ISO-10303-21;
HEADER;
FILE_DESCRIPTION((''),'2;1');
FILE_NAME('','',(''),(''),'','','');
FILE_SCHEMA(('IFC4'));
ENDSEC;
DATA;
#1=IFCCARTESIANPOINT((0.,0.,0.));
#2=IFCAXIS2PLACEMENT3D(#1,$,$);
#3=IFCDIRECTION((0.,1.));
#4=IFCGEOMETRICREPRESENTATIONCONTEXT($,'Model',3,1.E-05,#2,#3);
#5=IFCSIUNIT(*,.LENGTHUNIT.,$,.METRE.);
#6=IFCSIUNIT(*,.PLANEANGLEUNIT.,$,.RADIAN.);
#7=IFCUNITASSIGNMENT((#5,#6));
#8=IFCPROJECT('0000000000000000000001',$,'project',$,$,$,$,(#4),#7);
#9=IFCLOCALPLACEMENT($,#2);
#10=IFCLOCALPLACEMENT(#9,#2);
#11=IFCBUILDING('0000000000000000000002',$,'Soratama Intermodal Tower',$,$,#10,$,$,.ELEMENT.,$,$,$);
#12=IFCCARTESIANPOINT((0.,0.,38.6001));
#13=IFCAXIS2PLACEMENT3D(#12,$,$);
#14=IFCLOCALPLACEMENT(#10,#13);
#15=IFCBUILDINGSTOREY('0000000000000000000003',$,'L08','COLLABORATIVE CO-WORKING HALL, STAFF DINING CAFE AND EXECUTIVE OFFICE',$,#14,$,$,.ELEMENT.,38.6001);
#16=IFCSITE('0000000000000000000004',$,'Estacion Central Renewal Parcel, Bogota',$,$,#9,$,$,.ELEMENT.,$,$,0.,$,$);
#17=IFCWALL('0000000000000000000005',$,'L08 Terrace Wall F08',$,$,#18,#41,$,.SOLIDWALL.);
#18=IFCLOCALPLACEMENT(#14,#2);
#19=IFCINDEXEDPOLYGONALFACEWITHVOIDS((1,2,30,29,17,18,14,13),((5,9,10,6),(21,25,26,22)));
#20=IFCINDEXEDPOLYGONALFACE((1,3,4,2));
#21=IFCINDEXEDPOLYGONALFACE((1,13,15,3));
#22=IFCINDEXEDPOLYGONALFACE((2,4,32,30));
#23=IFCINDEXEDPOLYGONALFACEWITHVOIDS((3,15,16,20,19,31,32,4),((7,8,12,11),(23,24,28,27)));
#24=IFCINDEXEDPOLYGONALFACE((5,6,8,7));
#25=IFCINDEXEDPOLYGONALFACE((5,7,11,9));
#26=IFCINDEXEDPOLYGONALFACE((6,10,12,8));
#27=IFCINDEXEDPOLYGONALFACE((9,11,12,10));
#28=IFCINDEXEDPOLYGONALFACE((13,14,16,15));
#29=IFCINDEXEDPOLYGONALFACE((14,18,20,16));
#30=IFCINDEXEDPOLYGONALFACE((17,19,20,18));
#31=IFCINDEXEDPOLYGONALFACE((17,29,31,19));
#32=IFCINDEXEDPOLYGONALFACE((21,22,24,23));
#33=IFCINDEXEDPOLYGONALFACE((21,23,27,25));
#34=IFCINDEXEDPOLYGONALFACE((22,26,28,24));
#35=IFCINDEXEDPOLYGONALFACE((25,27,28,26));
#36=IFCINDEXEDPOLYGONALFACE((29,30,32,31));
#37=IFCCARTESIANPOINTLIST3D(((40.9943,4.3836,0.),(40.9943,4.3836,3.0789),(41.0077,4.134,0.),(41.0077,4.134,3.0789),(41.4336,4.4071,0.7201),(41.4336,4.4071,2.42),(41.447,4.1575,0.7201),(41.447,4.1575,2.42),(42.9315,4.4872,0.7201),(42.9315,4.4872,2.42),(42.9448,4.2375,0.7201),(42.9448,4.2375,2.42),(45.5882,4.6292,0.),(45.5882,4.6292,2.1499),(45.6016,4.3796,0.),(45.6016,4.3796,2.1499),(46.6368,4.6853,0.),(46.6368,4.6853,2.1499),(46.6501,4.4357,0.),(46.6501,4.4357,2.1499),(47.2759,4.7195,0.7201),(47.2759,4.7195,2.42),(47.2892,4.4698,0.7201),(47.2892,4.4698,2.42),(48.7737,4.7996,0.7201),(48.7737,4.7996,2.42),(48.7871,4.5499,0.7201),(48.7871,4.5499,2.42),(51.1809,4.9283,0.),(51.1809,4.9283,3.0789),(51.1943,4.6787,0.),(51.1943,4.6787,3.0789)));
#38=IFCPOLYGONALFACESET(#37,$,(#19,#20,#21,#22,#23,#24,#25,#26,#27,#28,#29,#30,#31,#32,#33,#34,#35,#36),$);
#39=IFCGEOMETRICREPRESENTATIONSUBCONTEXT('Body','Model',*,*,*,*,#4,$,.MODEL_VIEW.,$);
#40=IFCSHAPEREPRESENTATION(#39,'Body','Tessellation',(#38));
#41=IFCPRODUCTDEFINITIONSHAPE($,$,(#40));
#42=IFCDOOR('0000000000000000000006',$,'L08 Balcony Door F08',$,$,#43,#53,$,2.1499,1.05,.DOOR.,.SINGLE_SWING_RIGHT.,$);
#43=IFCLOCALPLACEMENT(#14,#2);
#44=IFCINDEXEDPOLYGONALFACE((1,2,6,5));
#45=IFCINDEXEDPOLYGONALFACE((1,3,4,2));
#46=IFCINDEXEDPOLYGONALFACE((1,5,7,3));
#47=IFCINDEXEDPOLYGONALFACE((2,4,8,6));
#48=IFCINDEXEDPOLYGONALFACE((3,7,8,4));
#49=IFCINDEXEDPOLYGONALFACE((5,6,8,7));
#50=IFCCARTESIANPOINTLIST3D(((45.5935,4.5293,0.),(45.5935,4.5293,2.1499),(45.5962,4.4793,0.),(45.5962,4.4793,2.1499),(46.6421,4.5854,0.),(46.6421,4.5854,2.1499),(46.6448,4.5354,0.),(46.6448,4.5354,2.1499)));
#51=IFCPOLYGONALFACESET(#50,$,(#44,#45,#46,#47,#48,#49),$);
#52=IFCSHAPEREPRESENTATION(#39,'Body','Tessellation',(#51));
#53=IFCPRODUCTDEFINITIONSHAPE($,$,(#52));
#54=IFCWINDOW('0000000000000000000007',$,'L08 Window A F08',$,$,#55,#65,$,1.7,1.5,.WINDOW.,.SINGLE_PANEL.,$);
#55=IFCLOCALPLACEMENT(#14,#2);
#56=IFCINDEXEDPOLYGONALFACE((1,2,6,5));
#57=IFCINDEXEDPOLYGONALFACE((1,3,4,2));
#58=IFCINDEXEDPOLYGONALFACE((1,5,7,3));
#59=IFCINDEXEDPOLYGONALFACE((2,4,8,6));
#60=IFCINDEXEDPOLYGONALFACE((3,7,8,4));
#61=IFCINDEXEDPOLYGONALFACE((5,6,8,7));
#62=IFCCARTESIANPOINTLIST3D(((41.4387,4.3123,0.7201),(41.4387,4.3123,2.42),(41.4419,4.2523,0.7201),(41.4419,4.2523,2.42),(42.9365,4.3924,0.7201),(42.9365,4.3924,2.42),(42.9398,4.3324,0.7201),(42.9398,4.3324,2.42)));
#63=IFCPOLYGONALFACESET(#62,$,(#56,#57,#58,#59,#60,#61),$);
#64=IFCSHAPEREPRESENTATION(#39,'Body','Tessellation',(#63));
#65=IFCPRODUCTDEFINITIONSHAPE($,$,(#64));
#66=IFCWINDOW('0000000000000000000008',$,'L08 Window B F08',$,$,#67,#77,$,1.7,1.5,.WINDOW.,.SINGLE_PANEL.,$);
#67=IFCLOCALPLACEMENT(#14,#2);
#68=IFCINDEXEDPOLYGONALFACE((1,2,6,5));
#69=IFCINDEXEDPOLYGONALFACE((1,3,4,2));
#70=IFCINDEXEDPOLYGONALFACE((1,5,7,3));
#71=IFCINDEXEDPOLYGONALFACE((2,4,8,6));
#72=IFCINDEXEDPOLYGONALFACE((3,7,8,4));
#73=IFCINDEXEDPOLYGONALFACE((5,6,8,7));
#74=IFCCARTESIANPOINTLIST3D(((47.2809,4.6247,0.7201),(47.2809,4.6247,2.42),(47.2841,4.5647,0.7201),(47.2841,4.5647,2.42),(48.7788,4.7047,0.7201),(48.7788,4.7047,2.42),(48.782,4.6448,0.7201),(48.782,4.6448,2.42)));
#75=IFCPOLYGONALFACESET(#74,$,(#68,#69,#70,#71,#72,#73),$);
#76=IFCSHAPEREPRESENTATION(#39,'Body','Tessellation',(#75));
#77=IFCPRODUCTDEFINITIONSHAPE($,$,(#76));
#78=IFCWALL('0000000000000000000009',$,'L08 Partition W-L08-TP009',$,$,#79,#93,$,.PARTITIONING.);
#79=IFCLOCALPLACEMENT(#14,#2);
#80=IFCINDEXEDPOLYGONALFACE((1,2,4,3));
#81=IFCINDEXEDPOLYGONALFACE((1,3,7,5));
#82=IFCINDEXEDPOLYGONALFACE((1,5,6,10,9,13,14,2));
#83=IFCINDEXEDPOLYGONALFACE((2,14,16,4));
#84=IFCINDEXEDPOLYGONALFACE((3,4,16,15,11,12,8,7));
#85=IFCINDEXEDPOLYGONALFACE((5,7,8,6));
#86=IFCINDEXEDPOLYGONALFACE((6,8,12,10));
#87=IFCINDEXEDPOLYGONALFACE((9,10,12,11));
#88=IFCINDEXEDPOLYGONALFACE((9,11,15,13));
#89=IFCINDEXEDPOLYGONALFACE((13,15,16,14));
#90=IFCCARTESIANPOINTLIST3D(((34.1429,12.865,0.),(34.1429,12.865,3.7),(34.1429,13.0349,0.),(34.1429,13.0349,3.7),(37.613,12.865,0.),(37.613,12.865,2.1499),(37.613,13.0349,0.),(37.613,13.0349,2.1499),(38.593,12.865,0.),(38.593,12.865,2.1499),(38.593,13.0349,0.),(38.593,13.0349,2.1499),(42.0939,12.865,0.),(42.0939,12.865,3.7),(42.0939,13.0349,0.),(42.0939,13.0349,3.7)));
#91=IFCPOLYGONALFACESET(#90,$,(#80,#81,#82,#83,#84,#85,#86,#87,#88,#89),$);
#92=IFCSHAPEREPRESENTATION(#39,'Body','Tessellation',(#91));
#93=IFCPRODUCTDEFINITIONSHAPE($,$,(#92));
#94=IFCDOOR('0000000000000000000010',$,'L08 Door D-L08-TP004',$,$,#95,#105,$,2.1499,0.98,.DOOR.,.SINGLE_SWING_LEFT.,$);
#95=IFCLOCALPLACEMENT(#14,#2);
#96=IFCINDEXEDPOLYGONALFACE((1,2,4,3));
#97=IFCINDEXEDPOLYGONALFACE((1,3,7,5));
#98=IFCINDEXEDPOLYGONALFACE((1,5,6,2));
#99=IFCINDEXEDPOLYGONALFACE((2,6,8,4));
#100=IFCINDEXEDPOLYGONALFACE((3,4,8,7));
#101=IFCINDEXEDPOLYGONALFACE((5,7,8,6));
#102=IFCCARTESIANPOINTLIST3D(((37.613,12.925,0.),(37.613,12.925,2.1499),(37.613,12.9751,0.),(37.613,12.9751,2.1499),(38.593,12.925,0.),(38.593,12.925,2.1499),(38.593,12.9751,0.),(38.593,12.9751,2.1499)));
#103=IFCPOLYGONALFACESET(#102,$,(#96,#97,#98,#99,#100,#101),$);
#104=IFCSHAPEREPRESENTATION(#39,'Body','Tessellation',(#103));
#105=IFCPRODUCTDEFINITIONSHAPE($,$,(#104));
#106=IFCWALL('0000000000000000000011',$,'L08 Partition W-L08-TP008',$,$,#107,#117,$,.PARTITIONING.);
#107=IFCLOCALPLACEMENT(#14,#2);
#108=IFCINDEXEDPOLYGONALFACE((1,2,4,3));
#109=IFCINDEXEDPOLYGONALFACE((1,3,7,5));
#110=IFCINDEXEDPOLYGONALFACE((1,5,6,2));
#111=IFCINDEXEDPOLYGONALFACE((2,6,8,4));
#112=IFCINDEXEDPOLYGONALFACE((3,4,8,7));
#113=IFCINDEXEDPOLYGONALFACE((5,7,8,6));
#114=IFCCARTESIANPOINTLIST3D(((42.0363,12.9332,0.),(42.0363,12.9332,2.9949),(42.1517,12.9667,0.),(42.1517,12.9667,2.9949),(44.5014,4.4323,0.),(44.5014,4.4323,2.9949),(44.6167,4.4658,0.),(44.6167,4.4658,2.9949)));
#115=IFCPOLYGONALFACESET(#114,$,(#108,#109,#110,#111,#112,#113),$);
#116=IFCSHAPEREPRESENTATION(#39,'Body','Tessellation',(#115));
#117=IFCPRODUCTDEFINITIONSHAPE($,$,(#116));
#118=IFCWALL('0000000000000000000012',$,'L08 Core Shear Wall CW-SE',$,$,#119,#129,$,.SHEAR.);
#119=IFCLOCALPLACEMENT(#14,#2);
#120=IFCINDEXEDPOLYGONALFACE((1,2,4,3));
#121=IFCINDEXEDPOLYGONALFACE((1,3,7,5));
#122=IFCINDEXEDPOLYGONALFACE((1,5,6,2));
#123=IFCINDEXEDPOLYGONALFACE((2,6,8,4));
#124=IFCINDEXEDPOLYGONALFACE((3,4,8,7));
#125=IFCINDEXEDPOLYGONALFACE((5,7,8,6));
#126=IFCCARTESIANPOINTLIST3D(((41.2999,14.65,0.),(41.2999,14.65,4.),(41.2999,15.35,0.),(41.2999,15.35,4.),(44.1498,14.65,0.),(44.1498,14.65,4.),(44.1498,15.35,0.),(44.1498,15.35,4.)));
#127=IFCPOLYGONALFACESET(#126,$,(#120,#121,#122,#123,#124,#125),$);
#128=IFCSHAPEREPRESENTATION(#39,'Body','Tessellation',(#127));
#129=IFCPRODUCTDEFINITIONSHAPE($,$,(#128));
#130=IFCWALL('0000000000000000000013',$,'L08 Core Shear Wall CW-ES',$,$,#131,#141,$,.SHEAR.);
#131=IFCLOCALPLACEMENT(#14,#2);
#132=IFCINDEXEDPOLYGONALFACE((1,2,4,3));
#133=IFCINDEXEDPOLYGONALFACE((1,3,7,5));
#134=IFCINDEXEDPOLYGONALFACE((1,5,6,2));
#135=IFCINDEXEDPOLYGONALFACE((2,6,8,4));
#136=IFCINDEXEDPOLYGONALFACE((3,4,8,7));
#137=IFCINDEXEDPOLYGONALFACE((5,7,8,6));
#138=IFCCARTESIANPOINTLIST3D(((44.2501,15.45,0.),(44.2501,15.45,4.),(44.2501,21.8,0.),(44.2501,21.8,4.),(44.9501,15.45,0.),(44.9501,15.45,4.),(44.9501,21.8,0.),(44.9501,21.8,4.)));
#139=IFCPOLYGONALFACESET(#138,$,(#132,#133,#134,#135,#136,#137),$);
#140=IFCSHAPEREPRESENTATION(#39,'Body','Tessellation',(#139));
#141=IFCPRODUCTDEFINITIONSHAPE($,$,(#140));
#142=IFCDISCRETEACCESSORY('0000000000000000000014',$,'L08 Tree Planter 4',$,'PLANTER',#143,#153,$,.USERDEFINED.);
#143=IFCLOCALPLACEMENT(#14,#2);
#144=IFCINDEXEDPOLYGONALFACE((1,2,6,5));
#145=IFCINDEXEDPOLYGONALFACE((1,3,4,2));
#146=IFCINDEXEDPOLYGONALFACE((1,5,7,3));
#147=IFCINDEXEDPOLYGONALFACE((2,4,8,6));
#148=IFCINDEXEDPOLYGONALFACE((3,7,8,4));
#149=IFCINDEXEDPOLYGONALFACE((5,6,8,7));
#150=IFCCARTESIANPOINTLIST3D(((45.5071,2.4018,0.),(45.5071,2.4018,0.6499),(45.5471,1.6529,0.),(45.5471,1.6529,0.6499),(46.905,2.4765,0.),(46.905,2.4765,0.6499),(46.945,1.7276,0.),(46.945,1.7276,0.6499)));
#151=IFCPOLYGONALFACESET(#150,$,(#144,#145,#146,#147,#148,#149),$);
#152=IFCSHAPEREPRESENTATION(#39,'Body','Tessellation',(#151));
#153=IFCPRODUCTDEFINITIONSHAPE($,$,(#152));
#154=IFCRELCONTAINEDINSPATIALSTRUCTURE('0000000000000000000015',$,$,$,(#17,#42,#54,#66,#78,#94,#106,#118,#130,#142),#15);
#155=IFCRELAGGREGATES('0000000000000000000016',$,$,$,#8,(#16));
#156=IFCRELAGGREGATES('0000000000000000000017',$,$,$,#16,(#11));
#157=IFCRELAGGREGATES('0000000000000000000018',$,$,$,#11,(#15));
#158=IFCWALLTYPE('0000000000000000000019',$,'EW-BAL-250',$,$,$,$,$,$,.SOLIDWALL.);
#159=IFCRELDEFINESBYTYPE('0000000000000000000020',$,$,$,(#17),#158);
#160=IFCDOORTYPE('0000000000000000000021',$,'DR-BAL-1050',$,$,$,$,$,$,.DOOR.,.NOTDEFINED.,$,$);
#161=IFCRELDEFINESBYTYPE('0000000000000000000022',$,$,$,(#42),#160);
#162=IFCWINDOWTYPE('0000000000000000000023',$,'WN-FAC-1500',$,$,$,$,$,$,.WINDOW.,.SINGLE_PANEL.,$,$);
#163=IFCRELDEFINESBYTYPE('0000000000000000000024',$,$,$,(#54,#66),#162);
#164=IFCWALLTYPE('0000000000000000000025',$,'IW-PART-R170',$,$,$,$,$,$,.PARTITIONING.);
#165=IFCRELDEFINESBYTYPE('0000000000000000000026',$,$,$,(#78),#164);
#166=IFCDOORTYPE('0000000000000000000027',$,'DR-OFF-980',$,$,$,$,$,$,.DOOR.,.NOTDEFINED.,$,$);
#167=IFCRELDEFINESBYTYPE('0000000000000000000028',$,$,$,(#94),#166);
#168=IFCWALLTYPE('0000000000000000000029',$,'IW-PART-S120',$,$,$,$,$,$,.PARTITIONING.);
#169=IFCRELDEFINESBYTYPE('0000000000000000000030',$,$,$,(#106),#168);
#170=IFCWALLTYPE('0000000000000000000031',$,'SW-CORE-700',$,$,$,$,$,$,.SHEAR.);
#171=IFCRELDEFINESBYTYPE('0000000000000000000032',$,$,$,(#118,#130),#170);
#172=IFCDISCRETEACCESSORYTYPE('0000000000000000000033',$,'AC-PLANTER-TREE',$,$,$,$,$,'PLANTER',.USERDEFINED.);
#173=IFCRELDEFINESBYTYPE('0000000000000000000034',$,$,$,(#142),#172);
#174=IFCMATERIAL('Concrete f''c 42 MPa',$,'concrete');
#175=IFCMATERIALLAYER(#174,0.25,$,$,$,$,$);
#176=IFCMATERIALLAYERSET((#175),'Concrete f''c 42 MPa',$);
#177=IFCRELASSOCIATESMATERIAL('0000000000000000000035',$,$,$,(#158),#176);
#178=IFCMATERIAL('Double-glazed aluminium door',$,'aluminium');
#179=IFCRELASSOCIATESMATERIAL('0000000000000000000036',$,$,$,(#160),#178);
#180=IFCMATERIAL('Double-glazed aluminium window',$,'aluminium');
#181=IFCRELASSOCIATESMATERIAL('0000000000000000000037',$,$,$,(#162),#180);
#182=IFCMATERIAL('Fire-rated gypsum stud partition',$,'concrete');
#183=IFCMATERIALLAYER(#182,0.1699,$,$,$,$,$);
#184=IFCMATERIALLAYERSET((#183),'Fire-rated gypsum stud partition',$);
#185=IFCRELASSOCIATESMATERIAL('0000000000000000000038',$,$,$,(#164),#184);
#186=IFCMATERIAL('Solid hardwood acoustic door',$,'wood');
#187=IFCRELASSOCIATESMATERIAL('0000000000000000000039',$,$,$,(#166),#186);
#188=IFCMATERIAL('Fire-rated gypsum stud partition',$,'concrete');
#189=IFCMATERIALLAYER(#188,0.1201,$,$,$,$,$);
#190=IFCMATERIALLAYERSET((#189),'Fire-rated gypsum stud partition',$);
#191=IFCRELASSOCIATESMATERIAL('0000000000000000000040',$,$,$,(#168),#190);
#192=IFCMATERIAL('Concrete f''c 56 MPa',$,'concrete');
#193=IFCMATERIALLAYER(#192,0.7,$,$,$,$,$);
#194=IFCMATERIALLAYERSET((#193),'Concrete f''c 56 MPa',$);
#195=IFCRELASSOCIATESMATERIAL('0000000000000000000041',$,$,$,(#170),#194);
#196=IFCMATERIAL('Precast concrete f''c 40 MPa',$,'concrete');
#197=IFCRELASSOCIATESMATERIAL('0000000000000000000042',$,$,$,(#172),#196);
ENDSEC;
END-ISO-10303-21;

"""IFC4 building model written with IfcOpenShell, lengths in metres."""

from ifc_helpers import new_model, si_unit, direction, frame, frame_2d, origin, origin_2d, place, context, subcontext, project, spatial, rectangle, extrude, material, layer, layer_set, type_object, element, fill, save


model = new_model("IFC4")

# Units and contexts
model_context = context("Model", 3, precision=1e-05, world=origin(), true_north=direction((0.0, 1.0)))
body_context = subcontext(model_context, "Body", "Model", "MODEL_VIEW")
ifc_project = project(units=[si_unit("LENGTHUNIT", "METRE"), si_unit("PLANEANGLEUNIT", "RADIAN")], contexts=[model_context])

# Site, building, storey
site_placement = place(None, origin())
site = spatial("IfcSite", under=ifc_project, at=site_placement, Name="Estacion Central Renewal Parcel, Bogota", CompositionType="ELEMENT", RefElevation=0.0)
building_placement = place(site_placement, origin())
building = spatial("IfcBuilding", under=site, at=building_placement, Name="Soratama Intermodal Tower", CompositionType="ELEMENT")
storey_placement = place(building_placement, frame((0.0, 0.0, 38.6001)))
storey = spatial("IfcBuildingStorey", under=building, at=storey_placement, Name="L08", Description="COLLABORATIVE CO-WORKING HALL, STAFF DINING CAFE AND EXECUTIVE OFFICE", CompositionType="ELEMENT", Elevation=38.6001)

# Wall, openings, door, windows
ifc_material_1 = material(Name="Concrete f'c 42 MPa", Category="concrete")
ifc_layer_1 = layer(ifc_material_1, 0.25)
ifc_layer_set_1 = layer_set([ifc_layer_1], Name="Concrete f'c 42 MPa")
wall_type_1 = type_object("IfcWallType", Name="EW-BAL-250", PredefinedType="SOLIDWALL", material=ifc_layer_set_1)
wall_1_placement = place(storey_placement, frame((41.001, 4.2588, 0.0), z_axis=(0.0, 0.0, 1.0), x_axis=(0.998574, 0.053394, 0.0)))
wall_1 = element("IfcWall", 1, at=wall_1_placement, inside=storey, type_object=wall_type_1, Name="L08 Terrace Wall F08", PredefinedType="SOLIDWALL", context=body_context, shape_type="SweptSolid", body=[
    extrude(rectangle(XDim=10.2012, YDim=0.25, at=frame_2d((5.1006, 0.0))), origin(), (0.0, 0.0, 1.0), 3.0789),
])
opening_1_placement = place(wall_1_placement, frame((4.6006, 0.0, 0.0)))
opening_1 = element("IfcOpeningElement", 2, at=opening_1_placement, cuts=wall_1, PredefinedType="OPENING", context=body_context, shape_type="SweptSolid", body=[
    extrude(rectangle(XDim=1.05, YDim=2.1499, at=frame_2d((0.5249, 1.075))), frame((0.0, 0.135, 0.0), z_axis=(0.0, -1.0, 0.0), x_axis=(1.0, 0.0, 0.0)), (0.0, 0.0, 1.0), 0.27),
])
opening_2_placement = place(wall_1_placement, frame((0.4399, 0.0, 0.72)))
opening_2 = element("IfcOpeningElement", 3, at=opening_2_placement, cuts=wall_1, PredefinedType="OPENING", context=body_context, shape_type="SweptSolid", body=[
    extrude(rectangle(XDim=1.5, YDim=1.7, at=frame_2d((0.75, 0.8501))), frame((0.0, 0.135, 0.0), z_axis=(0.0, -1.0, 0.0), x_axis=(1.0, 0.0, 0.0)), (0.0, 0.0, 1.0), 0.27),
])
opening_3_placement = place(wall_1_placement, frame((6.2905, 0.0, 0.72)))
opening_3 = element("IfcOpeningElement", 4, at=opening_3_placement, cuts=wall_1, PredefinedType="OPENING", context=body_context, shape_type="SweptSolid", body=[
    extrude(rectangle(XDim=1.5, YDim=1.7, at=frame_2d((0.75, 0.8501))), frame((0.0, 0.135, 0.0), z_axis=(0.0, -1.0, 0.0), x_axis=(1.0, 0.0, 0.0)), (0.0, 0.0, 1.0), 0.27),
])
ifc_material_2 = material(Name="Double-glazed aluminium door", Category="aluminium")
door_type_1 = type_object("IfcDoorType", Name="DR-BAL-1050", OperationType="NOTDEFINED", PredefinedType="DOOR", material=ifc_material_2)
door_1_placement = place(opening_1_placement, origin())
door_1 = element("IfcDoor", 5, at=door_1_placement, inside=storey, type_object=door_type_1, Name="L08 Balcony Door F08", OperationType="SINGLE_SWING_RIGHT", OverallHeight=2.1499, OverallWidth=1.05, PredefinedType="DOOR", context=body_context, shape_type="SweptSolid", body=[
    extrude(rectangle(XDim=1.05, YDim=2.1499, at=frame_2d((0.5249, 1.075))), frame((0.0, 0.0249, 0.0), z_axis=(0.0, -1.0, 0.0), x_axis=(1.0, 0.0, 0.0)), (0.0, 0.0, 1.0), 0.05),
])
fill(opening_1, door_1)
ifc_material_3 = material(Name="Double-glazed aluminium window", Category="aluminium")
window_type = type_object("IfcWindowType", Name="WN-FAC-1500", PartitioningType="SINGLE_PANEL", PredefinedType="WINDOW", material=ifc_material_3)
window_1_placement = place(opening_2_placement, origin())
window_1 = element("IfcWindow", 6, at=window_1_placement, inside=storey, type_object=window_type, Name="L08 Window A F08", OverallHeight=1.7, OverallWidth=1.5, PartitioningType="SINGLE_PANEL", PredefinedType="WINDOW", context=body_context, shape_type="SweptSolid", body=[
    extrude(rectangle(XDim=1.5, YDim=1.7, at=frame_2d((0.75, 0.8501))), frame((0.0, 0.03, 0.0), z_axis=(0.0, -1.0, 0.0), x_axis=(1.0, 0.0, 0.0)), (0.0, 0.0, 1.0), 0.0601),
])
fill(opening_2, window_1)
window_2_placement = place(opening_3_placement, origin())
window_2 = element("IfcWindow", 7, at=window_2_placement, inside=storey, type_object=window_type, Name="L08 Window B F08", OverallHeight=1.7, OverallWidth=1.5, PartitioningType="SINGLE_PANEL", PredefinedType="WINDOW", context=body_context, shape_type="SweptSolid", body=[
    extrude(rectangle(XDim=1.5, YDim=1.7, at=frame_2d((0.75, 0.8501))), frame((0.0, 0.03, 0.0), z_axis=(0.0, -1.0, 0.0), x_axis=(1.0, 0.0, 0.0)), (0.0, 0.0, 1.0), 0.0601),
])
fill(opening_3, window_2)

# Wall, opening, door
ifc_material_4 = material(Name="Fire-rated gypsum stud partition", Category="concrete")
ifc_layer_2 = layer(ifc_material_4, 0.1699)
ifc_layer_set_2 = layer_set([ifc_layer_2], Name="Fire-rated gypsum stud partition")
wall_type_2 = type_object("IfcWallType", Name="IW-PART-R170", PredefinedType="PARTITIONING", material=ifc_layer_set_2)
wall_2_placement = place(storey_placement, frame((42.094, 12.95, 0.0), z_axis=(0.0, 0.0, 1.0), x_axis=(-1.0, 0.0, 0.0)))
wall_2 = element("IfcWall", 8, at=wall_2_placement, inside=storey, type_object=wall_type_2, Name="L08 Partition W-L08-TP009", PredefinedType="PARTITIONING", context=body_context, shape_type="SweptSolid", body=[
    extrude(rectangle(XDim=7.9509, YDim=0.1699, at=frame_2d((3.9756, 0.0))), origin(), (0.0, 0.0, 1.0), 3.7),
])
opening_4_placement = place(wall_2_placement, frame((3.501, 0.0, 0.0)))
opening_4 = element("IfcOpeningElement", 9, at=opening_4_placement, cuts=wall_2, PredefinedType="OPENING", context=body_context, shape_type="SweptSolid", body=[
    extrude(rectangle(XDim=0.98, YDim=2.1499, at=frame_2d((0.49, 1.075))), frame((0.0, 0.095, 0.0), z_axis=(0.0, -1.0, 0.0), x_axis=(1.0, 0.0, 0.0)), (0.0, 0.0, 1.0), 0.1899),
])
ifc_material_5 = material(Name="Solid hardwood acoustic door", Category="wood")
door_type_2 = type_object("IfcDoorType", Name="DR-OFF-980", OperationType="NOTDEFINED", PredefinedType="DOOR", material=ifc_material_5)
door_2_placement = place(opening_4_placement, origin())
door_2 = element("IfcDoor", 10, at=door_2_placement, inside=storey, type_object=door_type_2, Name="L08 Door D-L08-TP004", OperationType="SINGLE_SWING_LEFT", OverallHeight=2.1499, OverallWidth=0.98, PredefinedType="DOOR", context=body_context, shape_type="SweptSolid", body=[
    extrude(rectangle(XDim=0.98, YDim=2.1499, at=frame_2d((0.49, 1.075))), frame((0.0, 0.0249, 0.0), z_axis=(0.0, -1.0, 0.0), x_axis=(1.0, 0.0, 0.0)), (0.0, 0.0, 1.0), 0.05),
])
fill(opening_4, door_2)

# Walls
ifc_material_6 = material(Name="Fire-rated gypsum stud partition", Category="concrete")
ifc_layer_3 = layer(ifc_material_6, 0.1201)
ifc_layer_set_3 = layer_set([ifc_layer_3], Name="Fire-rated gypsum stud partition")
wall_type_3 = type_object("IfcWallType", Name="IW-PART-S120", PredefinedType="PARTITIONING", material=ifc_layer_set_3)
wall_3_placement = place(storey_placement, frame((42.094, 12.95, 0.0), z_axis=(0.0, 0.0, 1.0), x_axis=(0.278504, -0.960435, 0.0)))
element("IfcWall", 11, at=wall_3_placement, inside=storey, type_object=wall_type_3, Name="L08 Partition W-L08-TP008", PredefinedType="PARTITIONING", context=body_context, shape_type="SweptSolid", body=[
    extrude(rectangle(XDim=8.8511, YDim=0.1201, at=frame_2d((4.4255, 0.0))), origin(), (0.0, 0.0, 1.0), 2.9949),
])
ifc_material_7 = material(Name="Concrete f'c 56 MPa", Category="concrete")
ifc_layer_4 = layer(ifc_material_7, 0.7)
ifc_layer_set_4 = layer_set([ifc_layer_4], Name="Concrete f'c 56 MPa")
wall_type_4 = type_object("IfcWallType", Name="SW-CORE-700", PredefinedType="SHEAR", material=ifc_layer_set_4)
wall_4_placement = place(storey_placement, frame((41.3, 15.0, 0.0), z_axis=(0.0, 0.0, 1.0), x_axis=(1.0, 0.0, 0.0)))
element("IfcWall", 12, at=wall_4_placement, inside=storey, type_object=wall_type_4, Name="L08 Core Shear Wall CW-SE", PredefinedType="SHEAR", context=body_context, shape_type="SweptSolid", body=[
    extrude(rectangle(XDim=2.8499, YDim=0.7, at=frame_2d((1.4248, 0.0))), origin(), (0.0, 0.0, 1.0), 4.0),
])
wall_5_placement = place(storey_placement, frame((44.6001, 15.45, 0.0), z_axis=(0.0, 0.0, 1.0), x_axis=(0.0, 1.0, 0.0)))
element("IfcWall", 13, at=wall_5_placement, inside=storey, type_object=wall_type_4, Name="L08 Core Shear Wall CW-ES", PredefinedType="SHEAR", context=body_context, shape_type="SweptSolid", body=[
    extrude(rectangle(XDim=6.3501, YDim=0.7, at=frame_2d((3.175, 0.0))), origin(), (0.0, 0.0, 1.0), 4.0),
])

# Discrete accessory
ifc_material_8 = material(Name="Precast concrete f'c 40 MPa", Category="concrete")
discrete_accessory_type = type_object("IfcDiscreteAccessoryType", Name="AC-PLANTER-TREE", ElementType="PLANTER", PredefinedType="USERDEFINED", material=ifc_material_8)
discrete_accessory_placement = place(storey_placement, frame((46.2261, 2.0647, 0.0), z_axis=(0.0, 0.0, 1.0), x_axis=(0.053382, -0.998574, 0.0)))
element("IfcDiscreteAccessory", 14, at=discrete_accessory_placement, inside=storey, type_object=discrete_accessory_type, Name="L08 Tree Planter 4", ObjectType="PLANTER", PredefinedType="USERDEFINED", context=body_context, shape_type="SweptSolid", body=[
    extrude(rectangle(XDim=0.75, YDim=1.3999, at=origin_2d()), origin(), (0.0, 0.0, 1.0), 0.6499),
])

save(model, "model.ifc")
